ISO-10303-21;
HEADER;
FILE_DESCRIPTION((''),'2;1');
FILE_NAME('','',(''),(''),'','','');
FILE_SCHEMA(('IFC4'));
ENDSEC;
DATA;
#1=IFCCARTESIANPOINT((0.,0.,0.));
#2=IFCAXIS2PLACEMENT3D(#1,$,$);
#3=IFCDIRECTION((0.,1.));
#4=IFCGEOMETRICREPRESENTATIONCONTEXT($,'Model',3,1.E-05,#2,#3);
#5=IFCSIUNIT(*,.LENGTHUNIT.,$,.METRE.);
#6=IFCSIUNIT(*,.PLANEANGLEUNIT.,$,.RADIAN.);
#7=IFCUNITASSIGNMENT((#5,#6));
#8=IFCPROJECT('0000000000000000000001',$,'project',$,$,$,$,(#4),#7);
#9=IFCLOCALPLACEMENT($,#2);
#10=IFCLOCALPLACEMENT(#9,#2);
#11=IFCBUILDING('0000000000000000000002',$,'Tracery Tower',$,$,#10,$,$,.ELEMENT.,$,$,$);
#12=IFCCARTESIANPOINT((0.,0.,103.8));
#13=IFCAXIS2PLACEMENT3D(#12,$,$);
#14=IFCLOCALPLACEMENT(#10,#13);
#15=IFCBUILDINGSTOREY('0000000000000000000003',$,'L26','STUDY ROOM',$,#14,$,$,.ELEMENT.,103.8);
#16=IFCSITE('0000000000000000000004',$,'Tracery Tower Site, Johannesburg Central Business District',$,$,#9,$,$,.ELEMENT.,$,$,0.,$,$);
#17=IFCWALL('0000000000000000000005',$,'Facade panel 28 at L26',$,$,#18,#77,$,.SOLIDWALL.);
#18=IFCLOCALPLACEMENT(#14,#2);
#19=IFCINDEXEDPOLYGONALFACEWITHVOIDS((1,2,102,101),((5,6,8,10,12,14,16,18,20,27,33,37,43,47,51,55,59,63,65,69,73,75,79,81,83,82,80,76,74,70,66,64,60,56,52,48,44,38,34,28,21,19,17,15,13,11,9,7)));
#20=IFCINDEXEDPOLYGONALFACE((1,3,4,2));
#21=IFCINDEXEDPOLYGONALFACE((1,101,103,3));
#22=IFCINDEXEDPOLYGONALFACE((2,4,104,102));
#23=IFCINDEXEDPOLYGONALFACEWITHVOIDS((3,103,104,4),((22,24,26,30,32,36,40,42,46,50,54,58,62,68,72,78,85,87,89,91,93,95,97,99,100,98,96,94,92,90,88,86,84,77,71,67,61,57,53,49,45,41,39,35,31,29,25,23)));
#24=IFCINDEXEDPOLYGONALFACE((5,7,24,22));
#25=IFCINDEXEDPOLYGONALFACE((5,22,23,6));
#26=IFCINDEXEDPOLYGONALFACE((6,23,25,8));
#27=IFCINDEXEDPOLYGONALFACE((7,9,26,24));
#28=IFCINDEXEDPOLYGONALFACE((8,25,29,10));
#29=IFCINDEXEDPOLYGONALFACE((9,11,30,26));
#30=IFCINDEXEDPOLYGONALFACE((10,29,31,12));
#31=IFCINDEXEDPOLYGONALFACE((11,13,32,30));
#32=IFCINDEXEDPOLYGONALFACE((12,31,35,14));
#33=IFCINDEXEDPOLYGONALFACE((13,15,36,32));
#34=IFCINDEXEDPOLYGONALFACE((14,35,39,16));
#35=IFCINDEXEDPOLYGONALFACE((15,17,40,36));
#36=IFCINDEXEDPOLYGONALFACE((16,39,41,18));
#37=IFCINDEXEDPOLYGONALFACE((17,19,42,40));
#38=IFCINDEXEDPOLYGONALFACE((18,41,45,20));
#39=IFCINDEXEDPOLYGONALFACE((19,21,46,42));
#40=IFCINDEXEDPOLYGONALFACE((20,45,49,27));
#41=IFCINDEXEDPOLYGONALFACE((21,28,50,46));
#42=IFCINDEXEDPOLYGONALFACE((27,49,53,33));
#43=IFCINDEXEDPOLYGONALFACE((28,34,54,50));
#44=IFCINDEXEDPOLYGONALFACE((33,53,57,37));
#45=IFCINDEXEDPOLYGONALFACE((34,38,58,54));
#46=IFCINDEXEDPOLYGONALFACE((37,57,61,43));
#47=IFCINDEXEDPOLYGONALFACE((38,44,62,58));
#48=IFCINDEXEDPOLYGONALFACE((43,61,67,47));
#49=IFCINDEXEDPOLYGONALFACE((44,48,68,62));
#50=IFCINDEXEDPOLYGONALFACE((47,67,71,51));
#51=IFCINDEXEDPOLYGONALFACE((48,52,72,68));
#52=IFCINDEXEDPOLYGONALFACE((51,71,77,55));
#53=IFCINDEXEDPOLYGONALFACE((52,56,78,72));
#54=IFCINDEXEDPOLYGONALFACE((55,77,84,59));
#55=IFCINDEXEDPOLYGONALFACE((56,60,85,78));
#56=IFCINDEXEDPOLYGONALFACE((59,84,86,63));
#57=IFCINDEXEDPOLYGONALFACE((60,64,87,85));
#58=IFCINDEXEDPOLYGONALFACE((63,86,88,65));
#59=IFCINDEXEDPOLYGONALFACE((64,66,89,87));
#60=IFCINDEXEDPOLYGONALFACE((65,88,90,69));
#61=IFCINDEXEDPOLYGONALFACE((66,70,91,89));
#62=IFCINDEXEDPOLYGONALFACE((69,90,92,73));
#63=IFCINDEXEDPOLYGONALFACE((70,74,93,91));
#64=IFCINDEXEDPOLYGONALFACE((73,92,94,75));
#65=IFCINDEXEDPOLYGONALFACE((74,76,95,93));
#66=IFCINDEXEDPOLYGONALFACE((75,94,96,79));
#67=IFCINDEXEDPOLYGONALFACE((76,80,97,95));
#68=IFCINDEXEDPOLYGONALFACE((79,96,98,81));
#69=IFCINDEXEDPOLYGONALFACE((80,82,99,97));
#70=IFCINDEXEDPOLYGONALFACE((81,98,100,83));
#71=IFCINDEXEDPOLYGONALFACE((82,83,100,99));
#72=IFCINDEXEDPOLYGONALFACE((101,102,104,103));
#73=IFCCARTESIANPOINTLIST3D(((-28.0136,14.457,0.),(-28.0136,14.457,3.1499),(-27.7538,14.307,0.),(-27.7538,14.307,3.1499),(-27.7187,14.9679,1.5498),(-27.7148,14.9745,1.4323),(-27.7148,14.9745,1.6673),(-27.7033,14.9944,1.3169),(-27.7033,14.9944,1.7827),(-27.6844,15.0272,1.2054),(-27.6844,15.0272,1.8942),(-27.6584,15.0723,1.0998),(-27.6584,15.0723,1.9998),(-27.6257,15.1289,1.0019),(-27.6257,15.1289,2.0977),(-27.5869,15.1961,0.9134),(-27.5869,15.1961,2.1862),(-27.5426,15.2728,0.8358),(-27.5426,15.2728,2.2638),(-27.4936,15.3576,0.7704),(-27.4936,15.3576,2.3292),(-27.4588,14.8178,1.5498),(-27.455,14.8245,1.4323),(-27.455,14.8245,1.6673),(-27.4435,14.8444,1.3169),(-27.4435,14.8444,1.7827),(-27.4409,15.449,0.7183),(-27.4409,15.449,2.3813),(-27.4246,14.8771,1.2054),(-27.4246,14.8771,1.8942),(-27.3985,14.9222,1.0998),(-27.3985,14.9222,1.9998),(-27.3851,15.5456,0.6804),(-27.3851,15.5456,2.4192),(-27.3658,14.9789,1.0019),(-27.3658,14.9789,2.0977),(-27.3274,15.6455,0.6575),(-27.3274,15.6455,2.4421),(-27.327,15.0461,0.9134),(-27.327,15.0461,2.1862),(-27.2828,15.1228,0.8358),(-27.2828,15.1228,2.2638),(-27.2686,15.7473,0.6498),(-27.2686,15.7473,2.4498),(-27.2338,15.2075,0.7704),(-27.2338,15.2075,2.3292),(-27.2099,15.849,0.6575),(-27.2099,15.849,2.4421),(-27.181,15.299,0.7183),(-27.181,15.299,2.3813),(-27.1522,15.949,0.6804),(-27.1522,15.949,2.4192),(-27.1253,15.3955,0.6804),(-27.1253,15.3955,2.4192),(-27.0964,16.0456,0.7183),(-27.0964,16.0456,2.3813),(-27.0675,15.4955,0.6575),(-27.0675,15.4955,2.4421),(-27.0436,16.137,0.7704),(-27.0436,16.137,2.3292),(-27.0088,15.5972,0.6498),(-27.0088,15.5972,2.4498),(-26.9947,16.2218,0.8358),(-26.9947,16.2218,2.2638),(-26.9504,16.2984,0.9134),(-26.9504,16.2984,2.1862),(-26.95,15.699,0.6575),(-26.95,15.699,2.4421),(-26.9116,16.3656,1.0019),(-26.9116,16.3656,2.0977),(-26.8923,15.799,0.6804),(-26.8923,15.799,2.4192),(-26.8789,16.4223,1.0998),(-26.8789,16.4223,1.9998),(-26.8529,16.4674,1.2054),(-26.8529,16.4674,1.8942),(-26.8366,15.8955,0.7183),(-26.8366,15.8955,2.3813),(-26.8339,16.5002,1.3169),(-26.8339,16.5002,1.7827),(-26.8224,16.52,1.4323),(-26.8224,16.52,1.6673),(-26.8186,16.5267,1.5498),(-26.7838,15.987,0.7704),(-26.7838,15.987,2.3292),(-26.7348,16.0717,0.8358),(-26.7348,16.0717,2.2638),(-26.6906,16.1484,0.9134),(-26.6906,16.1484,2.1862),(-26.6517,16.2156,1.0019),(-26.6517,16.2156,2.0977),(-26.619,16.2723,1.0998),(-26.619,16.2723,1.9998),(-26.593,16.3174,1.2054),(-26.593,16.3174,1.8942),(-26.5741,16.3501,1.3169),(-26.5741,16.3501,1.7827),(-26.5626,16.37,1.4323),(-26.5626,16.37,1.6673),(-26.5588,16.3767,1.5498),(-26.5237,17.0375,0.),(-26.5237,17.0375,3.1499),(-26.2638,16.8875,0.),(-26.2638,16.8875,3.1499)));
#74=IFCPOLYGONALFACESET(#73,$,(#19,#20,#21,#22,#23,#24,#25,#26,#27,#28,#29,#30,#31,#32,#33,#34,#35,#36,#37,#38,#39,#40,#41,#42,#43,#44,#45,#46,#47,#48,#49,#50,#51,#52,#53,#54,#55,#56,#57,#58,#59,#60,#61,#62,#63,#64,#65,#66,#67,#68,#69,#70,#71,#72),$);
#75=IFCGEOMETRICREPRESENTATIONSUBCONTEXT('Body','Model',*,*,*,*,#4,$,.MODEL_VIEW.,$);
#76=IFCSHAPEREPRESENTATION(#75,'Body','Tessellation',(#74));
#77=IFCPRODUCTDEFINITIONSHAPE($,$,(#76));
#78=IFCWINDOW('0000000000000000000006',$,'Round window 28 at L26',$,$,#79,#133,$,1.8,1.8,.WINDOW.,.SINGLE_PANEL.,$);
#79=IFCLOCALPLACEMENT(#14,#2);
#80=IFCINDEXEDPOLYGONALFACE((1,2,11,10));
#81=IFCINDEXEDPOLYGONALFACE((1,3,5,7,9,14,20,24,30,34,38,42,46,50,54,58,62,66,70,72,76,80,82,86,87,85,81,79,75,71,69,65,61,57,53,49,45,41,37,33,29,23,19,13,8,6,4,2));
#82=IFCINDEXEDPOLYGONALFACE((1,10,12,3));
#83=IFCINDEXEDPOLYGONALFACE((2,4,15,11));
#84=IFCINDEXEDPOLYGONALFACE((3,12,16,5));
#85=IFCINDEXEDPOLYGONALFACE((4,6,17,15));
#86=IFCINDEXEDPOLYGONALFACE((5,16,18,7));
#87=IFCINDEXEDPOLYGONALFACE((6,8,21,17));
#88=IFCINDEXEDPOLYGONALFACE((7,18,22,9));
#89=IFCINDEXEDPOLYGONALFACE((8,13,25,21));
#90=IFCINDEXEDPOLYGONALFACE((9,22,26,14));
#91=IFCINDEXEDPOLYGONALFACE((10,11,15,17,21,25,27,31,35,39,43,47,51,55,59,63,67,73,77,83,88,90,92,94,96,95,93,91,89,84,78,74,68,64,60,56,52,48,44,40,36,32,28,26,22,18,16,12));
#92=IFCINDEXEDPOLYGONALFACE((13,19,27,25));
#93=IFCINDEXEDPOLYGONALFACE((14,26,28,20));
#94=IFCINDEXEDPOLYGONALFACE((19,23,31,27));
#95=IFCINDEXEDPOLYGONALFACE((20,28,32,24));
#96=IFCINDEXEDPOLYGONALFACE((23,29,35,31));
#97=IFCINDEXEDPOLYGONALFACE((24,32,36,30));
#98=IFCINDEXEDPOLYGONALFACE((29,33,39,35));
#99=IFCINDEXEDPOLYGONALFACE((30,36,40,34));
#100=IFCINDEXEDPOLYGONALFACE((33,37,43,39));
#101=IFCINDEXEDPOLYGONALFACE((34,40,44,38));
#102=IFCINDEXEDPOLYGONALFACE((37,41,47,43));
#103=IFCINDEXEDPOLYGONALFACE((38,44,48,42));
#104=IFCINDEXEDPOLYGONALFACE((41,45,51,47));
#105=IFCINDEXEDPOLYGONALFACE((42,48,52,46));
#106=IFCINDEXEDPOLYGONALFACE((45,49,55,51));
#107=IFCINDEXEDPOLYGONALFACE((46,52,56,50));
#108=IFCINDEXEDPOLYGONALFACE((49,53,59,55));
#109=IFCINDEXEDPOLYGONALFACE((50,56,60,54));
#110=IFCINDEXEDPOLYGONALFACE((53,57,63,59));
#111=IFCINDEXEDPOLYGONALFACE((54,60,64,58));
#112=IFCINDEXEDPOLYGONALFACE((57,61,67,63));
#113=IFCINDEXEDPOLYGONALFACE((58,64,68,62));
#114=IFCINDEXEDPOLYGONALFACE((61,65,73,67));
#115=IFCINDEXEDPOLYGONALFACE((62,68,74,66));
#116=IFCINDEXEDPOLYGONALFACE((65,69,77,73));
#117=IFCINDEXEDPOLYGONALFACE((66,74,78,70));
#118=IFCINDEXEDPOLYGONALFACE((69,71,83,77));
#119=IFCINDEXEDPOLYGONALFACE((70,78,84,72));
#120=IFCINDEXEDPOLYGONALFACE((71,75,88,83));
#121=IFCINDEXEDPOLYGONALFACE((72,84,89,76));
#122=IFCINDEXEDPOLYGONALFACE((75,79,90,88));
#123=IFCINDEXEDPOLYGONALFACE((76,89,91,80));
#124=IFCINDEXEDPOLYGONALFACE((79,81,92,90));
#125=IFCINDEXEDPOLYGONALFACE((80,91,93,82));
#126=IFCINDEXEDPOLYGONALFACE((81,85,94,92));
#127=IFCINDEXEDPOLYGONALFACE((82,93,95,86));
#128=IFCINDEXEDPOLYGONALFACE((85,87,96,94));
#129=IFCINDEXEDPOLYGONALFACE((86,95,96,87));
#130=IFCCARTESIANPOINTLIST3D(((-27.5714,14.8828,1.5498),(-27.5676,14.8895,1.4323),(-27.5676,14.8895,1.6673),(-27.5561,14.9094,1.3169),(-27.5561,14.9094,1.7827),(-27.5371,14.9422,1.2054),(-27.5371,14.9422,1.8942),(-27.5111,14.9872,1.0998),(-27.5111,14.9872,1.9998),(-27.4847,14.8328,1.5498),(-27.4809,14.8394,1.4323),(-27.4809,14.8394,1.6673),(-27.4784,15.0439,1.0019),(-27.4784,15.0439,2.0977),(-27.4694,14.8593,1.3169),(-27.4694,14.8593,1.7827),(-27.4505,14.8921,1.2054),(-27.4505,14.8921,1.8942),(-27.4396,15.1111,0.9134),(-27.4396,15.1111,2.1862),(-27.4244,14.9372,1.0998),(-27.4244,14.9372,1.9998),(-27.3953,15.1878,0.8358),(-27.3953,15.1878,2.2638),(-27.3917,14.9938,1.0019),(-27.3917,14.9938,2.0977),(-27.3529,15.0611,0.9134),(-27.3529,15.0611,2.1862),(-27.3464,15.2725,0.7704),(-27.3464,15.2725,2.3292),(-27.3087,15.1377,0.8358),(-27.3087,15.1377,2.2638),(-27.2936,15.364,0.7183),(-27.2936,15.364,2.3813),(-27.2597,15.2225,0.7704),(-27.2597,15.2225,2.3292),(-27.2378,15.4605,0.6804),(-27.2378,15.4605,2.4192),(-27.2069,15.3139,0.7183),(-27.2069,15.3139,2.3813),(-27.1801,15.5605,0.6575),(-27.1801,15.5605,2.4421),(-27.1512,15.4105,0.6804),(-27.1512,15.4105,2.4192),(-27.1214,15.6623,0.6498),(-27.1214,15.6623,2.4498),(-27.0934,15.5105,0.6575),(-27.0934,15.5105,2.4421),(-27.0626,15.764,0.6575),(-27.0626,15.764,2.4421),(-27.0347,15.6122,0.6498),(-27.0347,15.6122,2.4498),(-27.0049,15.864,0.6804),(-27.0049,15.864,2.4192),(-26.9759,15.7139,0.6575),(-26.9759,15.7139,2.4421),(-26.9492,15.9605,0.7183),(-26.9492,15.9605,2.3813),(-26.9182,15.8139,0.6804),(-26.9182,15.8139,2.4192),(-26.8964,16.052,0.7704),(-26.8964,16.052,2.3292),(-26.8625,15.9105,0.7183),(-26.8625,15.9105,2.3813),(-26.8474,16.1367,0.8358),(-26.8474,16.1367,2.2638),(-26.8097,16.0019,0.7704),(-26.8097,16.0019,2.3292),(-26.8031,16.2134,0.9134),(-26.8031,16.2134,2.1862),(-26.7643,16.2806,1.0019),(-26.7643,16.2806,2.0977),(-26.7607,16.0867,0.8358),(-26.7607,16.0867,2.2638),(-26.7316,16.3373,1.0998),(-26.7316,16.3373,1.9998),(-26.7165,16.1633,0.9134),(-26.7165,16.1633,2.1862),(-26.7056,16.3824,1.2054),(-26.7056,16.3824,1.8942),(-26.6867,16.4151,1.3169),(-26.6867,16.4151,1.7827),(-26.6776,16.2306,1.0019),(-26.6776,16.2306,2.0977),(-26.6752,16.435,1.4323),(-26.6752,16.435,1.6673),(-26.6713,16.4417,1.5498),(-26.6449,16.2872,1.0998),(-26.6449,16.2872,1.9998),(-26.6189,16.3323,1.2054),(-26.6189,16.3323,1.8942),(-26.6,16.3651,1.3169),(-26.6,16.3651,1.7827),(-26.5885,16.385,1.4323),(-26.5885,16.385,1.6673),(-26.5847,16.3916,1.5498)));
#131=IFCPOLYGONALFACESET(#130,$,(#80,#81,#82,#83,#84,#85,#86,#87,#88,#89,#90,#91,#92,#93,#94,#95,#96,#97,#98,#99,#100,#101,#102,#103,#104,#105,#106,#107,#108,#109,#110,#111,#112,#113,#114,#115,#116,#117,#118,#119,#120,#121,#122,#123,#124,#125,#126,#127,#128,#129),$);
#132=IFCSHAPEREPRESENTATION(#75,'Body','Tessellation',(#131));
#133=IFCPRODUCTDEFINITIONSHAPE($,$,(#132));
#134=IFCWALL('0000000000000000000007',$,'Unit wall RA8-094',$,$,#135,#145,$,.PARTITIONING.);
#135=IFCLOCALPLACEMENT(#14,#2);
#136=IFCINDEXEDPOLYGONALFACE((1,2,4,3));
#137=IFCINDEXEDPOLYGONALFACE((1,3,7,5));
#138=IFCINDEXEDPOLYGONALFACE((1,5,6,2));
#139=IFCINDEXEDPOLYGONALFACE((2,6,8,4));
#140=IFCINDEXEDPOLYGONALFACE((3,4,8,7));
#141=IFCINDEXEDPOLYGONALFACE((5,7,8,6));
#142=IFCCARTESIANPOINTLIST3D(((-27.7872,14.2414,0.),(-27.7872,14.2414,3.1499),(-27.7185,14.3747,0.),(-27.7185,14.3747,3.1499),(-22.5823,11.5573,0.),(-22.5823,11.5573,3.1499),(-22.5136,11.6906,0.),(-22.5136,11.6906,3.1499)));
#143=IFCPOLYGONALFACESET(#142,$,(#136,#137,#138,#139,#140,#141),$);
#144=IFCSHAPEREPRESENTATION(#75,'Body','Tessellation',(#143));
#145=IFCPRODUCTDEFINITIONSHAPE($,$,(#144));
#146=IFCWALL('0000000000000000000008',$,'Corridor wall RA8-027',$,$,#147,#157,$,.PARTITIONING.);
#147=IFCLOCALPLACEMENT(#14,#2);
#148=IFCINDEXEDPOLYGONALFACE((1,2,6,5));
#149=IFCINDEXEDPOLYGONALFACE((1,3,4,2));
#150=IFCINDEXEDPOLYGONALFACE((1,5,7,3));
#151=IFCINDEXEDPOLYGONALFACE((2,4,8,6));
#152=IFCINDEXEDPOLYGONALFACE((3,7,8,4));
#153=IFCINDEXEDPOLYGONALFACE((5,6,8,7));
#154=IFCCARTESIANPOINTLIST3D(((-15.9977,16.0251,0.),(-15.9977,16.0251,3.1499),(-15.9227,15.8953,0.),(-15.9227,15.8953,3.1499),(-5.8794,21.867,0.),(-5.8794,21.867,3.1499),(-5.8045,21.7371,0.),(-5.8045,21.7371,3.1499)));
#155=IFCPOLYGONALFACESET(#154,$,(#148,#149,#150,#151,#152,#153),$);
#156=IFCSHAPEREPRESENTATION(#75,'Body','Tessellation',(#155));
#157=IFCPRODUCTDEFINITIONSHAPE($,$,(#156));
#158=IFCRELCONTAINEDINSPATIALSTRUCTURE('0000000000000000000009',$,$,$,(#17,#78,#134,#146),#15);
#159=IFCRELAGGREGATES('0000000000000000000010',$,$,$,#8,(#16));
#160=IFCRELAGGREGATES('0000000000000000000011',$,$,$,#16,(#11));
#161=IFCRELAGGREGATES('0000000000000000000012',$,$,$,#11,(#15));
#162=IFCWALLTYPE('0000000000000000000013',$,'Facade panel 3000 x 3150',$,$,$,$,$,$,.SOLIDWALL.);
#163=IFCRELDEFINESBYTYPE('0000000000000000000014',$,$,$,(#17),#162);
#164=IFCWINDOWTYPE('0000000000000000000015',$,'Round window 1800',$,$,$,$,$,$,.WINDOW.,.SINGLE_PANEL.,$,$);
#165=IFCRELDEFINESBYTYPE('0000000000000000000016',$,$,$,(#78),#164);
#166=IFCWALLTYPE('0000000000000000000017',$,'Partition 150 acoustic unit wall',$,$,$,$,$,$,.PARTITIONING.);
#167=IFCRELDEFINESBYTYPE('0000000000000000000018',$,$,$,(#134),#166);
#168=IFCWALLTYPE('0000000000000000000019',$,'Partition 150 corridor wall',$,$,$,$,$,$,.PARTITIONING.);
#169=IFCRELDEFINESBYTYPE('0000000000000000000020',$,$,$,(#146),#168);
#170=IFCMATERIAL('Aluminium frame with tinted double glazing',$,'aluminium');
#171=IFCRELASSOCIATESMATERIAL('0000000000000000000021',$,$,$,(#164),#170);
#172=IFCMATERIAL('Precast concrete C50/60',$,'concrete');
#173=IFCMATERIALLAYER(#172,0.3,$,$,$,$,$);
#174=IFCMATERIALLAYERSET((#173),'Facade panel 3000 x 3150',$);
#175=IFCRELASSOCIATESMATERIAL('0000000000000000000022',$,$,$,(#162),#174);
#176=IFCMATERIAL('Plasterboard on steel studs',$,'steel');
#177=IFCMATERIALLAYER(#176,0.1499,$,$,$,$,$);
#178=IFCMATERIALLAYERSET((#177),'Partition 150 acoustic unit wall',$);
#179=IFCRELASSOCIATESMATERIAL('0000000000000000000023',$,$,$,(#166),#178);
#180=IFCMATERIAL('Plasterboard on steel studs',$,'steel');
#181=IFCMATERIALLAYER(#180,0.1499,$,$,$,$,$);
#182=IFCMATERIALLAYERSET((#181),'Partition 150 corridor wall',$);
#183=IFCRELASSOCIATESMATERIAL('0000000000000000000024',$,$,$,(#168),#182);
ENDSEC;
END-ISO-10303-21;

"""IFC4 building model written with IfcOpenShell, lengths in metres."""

from ifc_helpers import new_model, si_unit, direction, frame, frame_2d, origin, origin_2d, place, context, subcontext, project, spatial, rectangle, circle, extrude, material, layer, layer_set, type_object, element, fill, save


model = new_model("IFC4")

# Units and contexts
model_context = context("Model", 3, precision=1e-05, world=origin(), true_north=direction((0.0, 1.0)))
body_context = subcontext(model_context, "Body", "Model", "MODEL_VIEW")
ifc_project = project(units=[si_unit("LENGTHUNIT", "METRE"), si_unit("PLANEANGLEUNIT", "RADIAN")], contexts=[model_context])

# Site, building, storey
site_placement = place(None, origin())
site = spatial("IfcSite", under=ifc_project, at=site_placement, Name="Tracery Tower Site, Johannesburg Central Business District", CompositionType="ELEMENT", RefElevation=0.0)
building_placement = place(site_placement, origin())
building = spatial("IfcBuilding", under=site, at=building_placement, Name="Tracery Tower", CompositionType="ELEMENT")
storey_placement = place(building_placement, frame((0.0, 0.0, 103.8)))
storey = spatial("IfcBuildingStorey", under=building, at=storey_placement, Name="L26", Description="STUDY ROOM", CompositionType="ELEMENT", Elevation=103.8)

# Wall, opening, window
ifc_material_1 = material(Name="Aluminium frame with tinted double glazing", Category="aluminium")
window_type = type_object("IfcWindowType", Name="Round window 1800", PartitioningType="SINGLE_PANEL", PredefinedType="WINDOW", material=ifc_material_1)
ifc_material_2 = material(Name="Precast concrete C50/60", Category="concrete")
ifc_layer_1 = layer(ifc_material_2, 0.3)
ifc_layer_set_1 = layer_set([ifc_layer_1], Name="Facade panel 3000 x 3150")
wall_type_1 = type_object("IfcWallType", Name="Facade panel 3000 x 3150", PredefinedType="SOLIDWALL", material=ifc_layer_set_1)
wall_1_placement = place(storey_placement, frame((-26.3938, 16.9624, 0.0), z_axis=(0.0, 0.0, 1.0), x_axis=(-0.500025, -0.866011, 0.0)))
wall_1 = element("IfcWall", 1, at=wall_1_placement, inside=storey, type_object=wall_type_1, Name="Facade panel 28 at L26", PredefinedType="SOLIDWALL", context=body_context, shape_type="SweptSolid", body=[
    extrude(rectangle(XDim=2.9797, YDim=0.3, at=frame_2d((1.4897, 0.0))), origin(), (0.0, 0.0, 1.0), 3.1499),
])
opening_1_placement = place(wall_1_placement, frame((1.4897, 0.0, 1.5498)))
opening_1 = element("IfcOpeningElement", 2, at=opening_1_placement, cuts=wall_1, PredefinedType="OPENING", context=body_context, shape_type="SweptSolid", body=[
    extrude(circle(Radius=0.9, at=origin_2d()), frame((0.0, 0.1599, 0.0), z_axis=(0.0, -1.0, 0.0), x_axis=(1.0, 0.0, 0.0)), (0.0, 0.0, 1.0), 0.3201),
])
window_1_placement = place(opening_1_placement, origin())
window_1 = element("IfcWindow", 3, at=window_1_placement, inside=storey, type_object=window_type, Name="Round window 28 at L26", OverallHeight=1.8, OverallWidth=1.8, PartitioningType="SINGLE_PANEL", PredefinedType="WINDOW", context=body_context, shape_type="SweptSolid", body=[
    extrude(circle(Radius=0.9, at=origin_2d()), frame((0.0, 0.1201, 0.0), z_axis=(0.0, -1.0, 0.0), x_axis=(1.0, 0.0, 0.0)), (0.0, 0.0, 1.0), 0.1001),
])
fill(opening_1, window_1)

# Walls
ifc_material_3 = material(Name="Plasterboard on steel studs", Category="steel")
ifc_layer_2 = layer(ifc_material_3, 0.1499)
ifc_layer_set_2 = layer_set([ifc_layer_2], Name="Partition 150 acoustic unit wall")
wall_type_2 = type_object("IfcWallType", Name="Partition 150 acoustic unit wall", PredefinedType="PARTITIONING", material=ifc_layer_set_2)
wall_2_placement = place(storey_placement, frame((-27.7529, 14.3081, 0.0), z_axis=(0.0, 0.0, 1.0), x_axis=(0.88878, -0.458335, 0.0)))
element("IfcWall", 4, at=wall_2_placement, inside=storey, type_object=wall_type_2, Name="Unit wall RA8-094", PredefinedType="PARTITIONING", context=body_context, shape_type="SweptSolid", body=[
    extrude(rectangle(XDim=5.8562, YDim=0.1499, at=frame_2d((2.9282, 0.0))), origin(), (0.0, 0.0, 1.0), 3.1499),
])
ifc_material_4 = material(Name="Plasterboard on steel studs", Category="steel")
ifc_layer_3 = layer(ifc_material_4, 0.1499)
ifc_layer_set_3 = layer_set([ifc_layer_3], Name="Partition 150 corridor wall")
wall_type_3 = type_object("IfcWallType", Name="Partition 150 corridor wall", PredefinedType="PARTITIONING", material=ifc_layer_set_3)
wall_3_placement = place(storey_placement, frame((-15.9602, 15.9602, 0.0), z_axis=(0.0, 0.0, 1.0), x_axis=(0.866023, 0.500005, 0.0)))
element("IfcWall", 5, at=wall_3_placement, inside=storey, type_object=wall_type_3, Name="Corridor wall RA8-027", PredefinedType="PARTITIONING", context=body_context, shape_type="SweptSolid", body=[
    extrude(rectangle(XDim=11.6836, YDim=0.1499, at=frame_2d((5.8418, 0.0))), origin(), (0.0, 0.0, 1.0), 3.1499),
])

save(model, "model.ifc")
